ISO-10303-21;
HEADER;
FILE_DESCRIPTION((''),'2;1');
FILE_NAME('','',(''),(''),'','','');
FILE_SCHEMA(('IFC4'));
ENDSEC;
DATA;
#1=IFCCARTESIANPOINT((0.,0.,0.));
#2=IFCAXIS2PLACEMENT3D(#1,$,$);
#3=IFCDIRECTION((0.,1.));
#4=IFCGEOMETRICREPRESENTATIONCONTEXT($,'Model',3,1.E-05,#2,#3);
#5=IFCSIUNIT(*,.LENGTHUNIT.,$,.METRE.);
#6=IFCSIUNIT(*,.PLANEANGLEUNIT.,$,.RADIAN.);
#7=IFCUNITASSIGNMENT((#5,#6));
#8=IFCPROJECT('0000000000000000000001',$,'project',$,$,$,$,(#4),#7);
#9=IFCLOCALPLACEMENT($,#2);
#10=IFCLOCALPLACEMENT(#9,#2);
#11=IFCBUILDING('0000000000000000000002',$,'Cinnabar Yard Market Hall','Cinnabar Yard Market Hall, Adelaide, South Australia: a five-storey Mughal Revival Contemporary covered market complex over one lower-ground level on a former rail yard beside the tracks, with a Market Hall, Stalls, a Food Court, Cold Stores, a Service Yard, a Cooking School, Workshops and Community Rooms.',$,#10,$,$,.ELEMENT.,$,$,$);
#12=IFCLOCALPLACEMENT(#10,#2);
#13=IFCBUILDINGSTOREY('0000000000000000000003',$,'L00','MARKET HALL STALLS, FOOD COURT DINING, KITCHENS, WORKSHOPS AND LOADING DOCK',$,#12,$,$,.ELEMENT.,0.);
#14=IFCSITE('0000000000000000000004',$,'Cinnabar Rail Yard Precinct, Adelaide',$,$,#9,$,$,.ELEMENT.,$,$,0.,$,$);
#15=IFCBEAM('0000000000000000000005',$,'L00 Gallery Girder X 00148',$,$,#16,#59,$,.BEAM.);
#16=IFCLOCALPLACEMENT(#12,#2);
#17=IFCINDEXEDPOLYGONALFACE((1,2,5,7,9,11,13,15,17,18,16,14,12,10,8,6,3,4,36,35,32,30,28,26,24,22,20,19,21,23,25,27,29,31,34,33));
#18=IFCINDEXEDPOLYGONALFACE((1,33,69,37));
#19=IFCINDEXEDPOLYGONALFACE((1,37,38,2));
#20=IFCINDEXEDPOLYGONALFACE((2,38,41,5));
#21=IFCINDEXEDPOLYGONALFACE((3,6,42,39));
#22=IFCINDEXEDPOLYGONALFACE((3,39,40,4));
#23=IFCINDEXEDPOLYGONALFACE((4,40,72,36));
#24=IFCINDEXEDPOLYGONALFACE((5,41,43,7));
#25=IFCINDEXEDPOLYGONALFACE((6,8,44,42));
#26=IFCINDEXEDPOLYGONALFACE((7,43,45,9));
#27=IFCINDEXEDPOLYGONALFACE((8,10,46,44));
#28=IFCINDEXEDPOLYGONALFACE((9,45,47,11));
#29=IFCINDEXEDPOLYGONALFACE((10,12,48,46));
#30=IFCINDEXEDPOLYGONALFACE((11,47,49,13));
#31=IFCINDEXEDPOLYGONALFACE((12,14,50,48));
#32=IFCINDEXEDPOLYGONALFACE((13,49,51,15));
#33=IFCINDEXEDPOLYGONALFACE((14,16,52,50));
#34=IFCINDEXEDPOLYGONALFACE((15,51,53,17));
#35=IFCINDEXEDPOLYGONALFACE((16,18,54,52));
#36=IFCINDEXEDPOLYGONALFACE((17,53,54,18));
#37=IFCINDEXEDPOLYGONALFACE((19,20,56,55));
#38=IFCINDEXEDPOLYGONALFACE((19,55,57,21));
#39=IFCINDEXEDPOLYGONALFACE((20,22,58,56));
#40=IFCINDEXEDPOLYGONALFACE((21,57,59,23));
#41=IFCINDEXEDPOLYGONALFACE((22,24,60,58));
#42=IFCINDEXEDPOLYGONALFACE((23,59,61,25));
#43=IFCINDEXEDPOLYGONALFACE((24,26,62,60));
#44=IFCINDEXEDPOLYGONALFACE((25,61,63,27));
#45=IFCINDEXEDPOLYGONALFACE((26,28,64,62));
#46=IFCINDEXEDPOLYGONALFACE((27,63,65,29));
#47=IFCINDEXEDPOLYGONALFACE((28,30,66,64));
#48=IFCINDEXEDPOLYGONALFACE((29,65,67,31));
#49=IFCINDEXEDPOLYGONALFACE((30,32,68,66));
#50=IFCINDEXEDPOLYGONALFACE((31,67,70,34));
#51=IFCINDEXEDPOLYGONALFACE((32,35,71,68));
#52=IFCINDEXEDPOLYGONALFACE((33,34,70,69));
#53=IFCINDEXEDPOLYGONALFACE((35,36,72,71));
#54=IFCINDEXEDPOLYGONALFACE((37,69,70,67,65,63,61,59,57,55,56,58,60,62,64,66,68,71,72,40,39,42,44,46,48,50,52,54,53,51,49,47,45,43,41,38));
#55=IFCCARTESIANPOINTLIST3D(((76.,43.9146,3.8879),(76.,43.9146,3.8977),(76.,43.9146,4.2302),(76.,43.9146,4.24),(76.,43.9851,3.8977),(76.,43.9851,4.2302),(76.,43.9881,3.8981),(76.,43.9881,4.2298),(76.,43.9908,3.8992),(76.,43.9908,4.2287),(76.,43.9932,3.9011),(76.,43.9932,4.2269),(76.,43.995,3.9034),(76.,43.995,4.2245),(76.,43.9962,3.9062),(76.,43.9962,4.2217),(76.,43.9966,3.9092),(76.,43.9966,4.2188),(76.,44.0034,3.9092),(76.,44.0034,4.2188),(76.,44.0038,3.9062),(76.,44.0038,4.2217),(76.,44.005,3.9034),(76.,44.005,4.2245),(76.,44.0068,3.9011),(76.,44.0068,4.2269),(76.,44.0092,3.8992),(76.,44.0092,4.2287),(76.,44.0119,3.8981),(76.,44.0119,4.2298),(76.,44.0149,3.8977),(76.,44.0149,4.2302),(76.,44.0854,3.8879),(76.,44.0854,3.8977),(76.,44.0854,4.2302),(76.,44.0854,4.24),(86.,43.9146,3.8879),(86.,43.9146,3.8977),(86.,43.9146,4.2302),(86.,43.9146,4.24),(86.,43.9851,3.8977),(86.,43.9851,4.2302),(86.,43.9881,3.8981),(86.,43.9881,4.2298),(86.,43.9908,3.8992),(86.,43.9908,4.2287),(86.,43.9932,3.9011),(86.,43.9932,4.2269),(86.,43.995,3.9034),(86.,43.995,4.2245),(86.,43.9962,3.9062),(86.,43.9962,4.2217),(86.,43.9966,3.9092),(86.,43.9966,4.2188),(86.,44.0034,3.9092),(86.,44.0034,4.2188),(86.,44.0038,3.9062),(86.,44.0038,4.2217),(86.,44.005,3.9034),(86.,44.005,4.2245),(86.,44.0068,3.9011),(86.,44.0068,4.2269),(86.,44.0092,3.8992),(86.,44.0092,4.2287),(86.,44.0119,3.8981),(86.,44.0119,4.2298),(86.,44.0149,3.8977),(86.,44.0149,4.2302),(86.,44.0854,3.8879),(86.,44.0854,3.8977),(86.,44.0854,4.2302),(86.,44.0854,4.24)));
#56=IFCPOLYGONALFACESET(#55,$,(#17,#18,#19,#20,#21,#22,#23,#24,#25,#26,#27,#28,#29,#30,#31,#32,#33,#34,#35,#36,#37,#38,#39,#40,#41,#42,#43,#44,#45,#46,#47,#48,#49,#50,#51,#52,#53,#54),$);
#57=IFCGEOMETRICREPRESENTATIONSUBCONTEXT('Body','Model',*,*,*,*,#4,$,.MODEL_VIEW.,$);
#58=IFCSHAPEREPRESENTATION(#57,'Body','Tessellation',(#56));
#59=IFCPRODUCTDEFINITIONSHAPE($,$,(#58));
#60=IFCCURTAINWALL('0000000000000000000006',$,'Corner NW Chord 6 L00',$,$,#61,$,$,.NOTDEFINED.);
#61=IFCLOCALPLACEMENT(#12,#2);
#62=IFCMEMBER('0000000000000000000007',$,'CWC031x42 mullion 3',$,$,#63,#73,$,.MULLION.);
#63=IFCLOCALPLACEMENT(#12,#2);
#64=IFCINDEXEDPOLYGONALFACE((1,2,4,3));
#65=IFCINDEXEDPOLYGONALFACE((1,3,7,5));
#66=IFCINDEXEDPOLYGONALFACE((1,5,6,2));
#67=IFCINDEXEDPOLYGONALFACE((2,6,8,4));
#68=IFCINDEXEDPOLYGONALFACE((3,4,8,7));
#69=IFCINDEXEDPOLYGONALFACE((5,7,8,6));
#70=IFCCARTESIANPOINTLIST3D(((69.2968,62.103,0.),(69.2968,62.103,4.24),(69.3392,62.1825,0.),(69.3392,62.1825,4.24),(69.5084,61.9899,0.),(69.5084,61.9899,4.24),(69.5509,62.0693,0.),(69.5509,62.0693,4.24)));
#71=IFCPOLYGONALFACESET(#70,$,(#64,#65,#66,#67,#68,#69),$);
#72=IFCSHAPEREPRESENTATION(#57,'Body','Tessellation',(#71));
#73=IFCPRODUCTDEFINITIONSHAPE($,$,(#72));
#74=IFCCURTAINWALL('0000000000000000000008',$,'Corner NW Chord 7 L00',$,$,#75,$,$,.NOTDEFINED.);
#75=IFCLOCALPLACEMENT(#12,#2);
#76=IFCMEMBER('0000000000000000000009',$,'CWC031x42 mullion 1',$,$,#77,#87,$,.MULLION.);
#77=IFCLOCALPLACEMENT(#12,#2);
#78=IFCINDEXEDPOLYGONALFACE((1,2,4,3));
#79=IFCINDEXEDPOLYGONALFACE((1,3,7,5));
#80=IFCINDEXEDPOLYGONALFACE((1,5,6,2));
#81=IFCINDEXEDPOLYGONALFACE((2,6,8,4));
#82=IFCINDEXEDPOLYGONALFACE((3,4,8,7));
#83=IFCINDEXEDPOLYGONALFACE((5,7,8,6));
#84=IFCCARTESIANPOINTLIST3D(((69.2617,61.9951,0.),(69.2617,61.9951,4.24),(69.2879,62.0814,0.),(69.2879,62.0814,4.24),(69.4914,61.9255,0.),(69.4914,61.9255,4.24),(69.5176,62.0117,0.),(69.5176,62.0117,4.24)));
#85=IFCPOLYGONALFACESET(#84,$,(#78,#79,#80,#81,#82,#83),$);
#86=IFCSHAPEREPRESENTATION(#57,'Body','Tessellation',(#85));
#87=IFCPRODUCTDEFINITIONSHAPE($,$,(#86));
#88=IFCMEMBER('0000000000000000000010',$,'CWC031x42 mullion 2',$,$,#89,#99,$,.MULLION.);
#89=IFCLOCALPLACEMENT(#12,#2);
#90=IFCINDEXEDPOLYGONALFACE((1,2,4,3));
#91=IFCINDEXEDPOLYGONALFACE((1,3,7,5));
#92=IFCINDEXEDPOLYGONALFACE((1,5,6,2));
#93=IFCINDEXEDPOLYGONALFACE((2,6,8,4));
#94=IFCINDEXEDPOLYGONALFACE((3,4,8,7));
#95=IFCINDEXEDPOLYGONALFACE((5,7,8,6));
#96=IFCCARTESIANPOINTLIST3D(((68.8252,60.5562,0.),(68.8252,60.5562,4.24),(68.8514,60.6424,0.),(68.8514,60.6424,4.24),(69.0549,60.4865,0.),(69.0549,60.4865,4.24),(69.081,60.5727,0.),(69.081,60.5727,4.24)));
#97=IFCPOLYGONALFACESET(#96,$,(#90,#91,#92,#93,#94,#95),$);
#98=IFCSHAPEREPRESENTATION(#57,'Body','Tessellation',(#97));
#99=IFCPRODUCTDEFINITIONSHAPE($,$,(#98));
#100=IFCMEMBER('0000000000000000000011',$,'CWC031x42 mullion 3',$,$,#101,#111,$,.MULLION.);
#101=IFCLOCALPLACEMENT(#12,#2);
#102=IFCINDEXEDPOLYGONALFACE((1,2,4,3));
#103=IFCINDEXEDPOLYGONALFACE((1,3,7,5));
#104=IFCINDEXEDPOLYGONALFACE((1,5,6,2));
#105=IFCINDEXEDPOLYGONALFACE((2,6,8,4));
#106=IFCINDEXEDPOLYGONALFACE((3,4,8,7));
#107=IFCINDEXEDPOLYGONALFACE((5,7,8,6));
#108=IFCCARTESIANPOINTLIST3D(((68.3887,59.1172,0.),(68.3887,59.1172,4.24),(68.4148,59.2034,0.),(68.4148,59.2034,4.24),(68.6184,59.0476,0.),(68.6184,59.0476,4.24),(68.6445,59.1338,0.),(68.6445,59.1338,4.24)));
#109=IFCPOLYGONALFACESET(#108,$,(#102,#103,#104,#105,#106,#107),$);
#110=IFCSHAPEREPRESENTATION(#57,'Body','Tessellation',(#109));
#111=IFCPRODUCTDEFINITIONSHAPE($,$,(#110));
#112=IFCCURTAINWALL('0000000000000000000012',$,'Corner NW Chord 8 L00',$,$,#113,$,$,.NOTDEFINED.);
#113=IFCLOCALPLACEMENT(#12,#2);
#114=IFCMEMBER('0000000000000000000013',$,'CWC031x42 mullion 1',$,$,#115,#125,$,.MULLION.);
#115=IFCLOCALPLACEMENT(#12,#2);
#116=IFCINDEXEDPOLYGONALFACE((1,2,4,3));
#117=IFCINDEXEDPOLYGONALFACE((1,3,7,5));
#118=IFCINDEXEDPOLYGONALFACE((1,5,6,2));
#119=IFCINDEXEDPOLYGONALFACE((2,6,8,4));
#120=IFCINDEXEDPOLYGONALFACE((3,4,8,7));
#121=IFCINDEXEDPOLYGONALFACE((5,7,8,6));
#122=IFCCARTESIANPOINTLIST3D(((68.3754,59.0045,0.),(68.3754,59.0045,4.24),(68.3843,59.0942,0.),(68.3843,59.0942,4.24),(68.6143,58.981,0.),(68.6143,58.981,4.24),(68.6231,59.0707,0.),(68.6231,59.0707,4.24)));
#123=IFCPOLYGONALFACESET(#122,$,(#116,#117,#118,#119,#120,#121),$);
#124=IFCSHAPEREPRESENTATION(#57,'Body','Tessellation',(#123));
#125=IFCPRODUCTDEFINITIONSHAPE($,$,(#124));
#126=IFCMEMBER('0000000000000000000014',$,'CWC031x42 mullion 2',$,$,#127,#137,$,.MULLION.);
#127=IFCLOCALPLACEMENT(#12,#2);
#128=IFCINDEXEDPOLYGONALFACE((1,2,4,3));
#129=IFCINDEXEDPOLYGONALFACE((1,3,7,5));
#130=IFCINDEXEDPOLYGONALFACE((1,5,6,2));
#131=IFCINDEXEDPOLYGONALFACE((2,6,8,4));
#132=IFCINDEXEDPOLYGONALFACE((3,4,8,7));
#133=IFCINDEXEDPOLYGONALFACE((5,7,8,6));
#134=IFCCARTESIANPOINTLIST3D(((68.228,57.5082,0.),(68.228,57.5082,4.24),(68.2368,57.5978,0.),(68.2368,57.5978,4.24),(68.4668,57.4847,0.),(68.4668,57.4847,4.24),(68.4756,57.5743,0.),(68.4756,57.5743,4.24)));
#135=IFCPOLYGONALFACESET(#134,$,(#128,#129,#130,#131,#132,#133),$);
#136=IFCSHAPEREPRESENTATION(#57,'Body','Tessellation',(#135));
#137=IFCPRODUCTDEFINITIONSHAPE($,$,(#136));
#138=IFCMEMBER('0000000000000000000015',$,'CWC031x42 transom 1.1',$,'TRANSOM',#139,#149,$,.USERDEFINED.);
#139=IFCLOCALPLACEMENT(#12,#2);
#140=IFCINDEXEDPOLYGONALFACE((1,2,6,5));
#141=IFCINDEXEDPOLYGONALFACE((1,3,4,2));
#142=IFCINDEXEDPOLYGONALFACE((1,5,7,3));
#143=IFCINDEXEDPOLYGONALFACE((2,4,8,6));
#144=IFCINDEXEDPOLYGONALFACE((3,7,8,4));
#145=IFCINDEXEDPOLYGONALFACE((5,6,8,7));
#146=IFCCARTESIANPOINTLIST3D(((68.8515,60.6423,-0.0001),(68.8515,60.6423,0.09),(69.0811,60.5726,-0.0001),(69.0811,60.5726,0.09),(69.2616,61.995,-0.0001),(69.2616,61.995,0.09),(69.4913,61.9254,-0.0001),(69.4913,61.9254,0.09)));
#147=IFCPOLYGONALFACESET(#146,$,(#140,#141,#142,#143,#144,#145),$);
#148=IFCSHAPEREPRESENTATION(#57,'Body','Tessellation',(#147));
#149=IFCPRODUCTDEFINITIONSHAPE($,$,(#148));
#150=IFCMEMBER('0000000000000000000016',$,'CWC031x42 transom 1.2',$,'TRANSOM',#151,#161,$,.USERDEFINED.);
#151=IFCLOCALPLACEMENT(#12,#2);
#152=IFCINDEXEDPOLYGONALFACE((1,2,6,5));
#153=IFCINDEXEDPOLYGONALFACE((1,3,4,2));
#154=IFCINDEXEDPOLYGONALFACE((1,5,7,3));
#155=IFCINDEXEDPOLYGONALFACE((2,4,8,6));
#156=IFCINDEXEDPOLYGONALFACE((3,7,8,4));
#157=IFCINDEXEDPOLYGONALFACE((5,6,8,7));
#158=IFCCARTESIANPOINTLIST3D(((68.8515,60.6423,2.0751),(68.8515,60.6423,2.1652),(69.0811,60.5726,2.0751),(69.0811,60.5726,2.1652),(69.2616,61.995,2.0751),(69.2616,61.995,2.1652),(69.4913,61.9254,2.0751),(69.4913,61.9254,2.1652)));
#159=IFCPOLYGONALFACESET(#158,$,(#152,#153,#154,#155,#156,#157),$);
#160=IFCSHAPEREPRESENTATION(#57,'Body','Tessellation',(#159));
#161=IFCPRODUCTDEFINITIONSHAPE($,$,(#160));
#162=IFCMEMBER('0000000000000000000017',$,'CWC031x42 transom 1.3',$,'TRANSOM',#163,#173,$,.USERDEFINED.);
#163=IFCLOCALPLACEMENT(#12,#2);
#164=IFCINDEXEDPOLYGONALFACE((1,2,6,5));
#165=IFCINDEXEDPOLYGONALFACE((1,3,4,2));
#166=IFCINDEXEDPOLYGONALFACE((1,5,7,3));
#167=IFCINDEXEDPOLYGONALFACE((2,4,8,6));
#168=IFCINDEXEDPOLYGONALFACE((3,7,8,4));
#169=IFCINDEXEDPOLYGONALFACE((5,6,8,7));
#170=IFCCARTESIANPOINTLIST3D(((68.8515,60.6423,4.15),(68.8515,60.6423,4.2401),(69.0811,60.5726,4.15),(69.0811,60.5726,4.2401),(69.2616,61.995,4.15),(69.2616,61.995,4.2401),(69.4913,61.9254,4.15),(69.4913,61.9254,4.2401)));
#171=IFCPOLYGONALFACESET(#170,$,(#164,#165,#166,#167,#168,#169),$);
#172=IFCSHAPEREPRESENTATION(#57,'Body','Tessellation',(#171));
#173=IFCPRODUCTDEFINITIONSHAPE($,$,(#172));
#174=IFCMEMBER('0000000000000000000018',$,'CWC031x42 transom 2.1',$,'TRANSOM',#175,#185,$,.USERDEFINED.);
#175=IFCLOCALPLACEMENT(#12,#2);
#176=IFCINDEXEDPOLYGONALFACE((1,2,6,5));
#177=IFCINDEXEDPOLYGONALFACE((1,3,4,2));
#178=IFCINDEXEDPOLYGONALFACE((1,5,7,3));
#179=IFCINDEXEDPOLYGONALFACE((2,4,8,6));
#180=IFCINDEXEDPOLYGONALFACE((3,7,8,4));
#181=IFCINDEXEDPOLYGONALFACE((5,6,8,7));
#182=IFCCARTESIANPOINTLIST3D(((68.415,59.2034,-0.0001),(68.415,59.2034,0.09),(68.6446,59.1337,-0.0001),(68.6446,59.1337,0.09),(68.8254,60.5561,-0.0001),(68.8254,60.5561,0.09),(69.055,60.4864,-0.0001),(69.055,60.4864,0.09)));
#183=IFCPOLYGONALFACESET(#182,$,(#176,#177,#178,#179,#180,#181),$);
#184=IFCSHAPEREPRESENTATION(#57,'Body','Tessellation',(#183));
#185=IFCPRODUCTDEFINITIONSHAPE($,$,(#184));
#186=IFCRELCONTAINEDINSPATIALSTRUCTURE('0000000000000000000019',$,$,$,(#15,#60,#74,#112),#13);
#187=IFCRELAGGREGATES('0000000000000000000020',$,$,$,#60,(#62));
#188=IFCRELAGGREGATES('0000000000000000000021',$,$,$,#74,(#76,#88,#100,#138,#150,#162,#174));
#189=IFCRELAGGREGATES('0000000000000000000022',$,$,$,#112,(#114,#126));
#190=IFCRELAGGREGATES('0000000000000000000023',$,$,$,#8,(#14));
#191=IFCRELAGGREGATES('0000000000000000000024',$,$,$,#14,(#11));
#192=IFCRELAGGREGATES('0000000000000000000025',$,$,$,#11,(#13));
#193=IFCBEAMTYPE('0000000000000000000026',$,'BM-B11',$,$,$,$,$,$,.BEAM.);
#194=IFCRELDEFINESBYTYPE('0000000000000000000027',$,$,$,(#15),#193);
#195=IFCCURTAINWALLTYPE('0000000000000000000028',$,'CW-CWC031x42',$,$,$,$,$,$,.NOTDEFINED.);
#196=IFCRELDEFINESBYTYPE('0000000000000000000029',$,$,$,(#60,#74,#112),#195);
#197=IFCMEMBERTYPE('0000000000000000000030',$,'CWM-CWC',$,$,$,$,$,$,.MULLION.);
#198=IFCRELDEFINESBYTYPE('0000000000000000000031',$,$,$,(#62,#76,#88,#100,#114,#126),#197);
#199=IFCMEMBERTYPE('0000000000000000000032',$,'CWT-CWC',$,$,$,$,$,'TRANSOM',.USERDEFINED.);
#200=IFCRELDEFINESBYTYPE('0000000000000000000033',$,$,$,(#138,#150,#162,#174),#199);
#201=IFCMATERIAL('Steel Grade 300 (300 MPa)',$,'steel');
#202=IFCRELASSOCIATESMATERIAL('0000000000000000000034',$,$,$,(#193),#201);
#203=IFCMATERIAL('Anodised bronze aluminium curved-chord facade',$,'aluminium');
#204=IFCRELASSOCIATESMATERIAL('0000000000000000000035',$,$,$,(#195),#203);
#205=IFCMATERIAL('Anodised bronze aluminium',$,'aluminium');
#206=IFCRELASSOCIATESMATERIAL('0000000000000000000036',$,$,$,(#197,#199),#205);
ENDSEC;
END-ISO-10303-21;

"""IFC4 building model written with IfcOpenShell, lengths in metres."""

from ifc_helpers import new_model, si_unit, direction, frame, origin, origin_2d_with_axis, place, context, subcontext, project, spatial, rectangle, i_section, extrude, material, material_profile, profile_set, type_object, element, aggregate, save


model = new_model("IFC4")

# Units and contexts
model_context = context("Model", 3, precision=1e-05, world=origin(), true_north=direction((0.0, 1.0)))
body_context = subcontext(model_context, "Body", "Model", "MODEL_VIEW")
ifc_project = project(units=[si_unit("LENGTHUNIT", "METRE"), si_unit("PLANEANGLEUNIT", "RADIAN")], contexts=[model_context])

# Site, building, storey
site_placement = place(None, origin())
site = spatial("IfcSite", under=ifc_project, at=site_placement, Name="Cinnabar Rail Yard Precinct, Adelaide", CompositionType="ELEMENT", RefElevation=0.0)
building_placement = place(site_placement, origin())
building = spatial("IfcBuilding", under=site, at=building_placement, Name="Cinnabar Yard Market Hall", Description="Cinnabar Yard Market Hall, Adelaide, South Australia: a five-storey Mughal Revival Contemporary covered market complex over one lower-ground level on a former rail yard beside the tracks, with a Market Hall, Stalls, a Food Court, Cold Stores, a Service Yard, a Cooking School, Workshops and Community Rooms.", CompositionType="ELEMENT")
storey_placement = place(building_placement, origin())
storey = spatial("IfcBuildingStorey", under=building, at=storey_placement, Name="L00", Description="MARKET HALL STALLS, FOOD COURT DINING, KITCHENS, WORKSHOPS AND LOADING DOCK", CompositionType="ELEMENT", Elevation=0.0)

# Beam
ifc_material_1 = material(Name="Steel Grade 300 (300 MPa)", Category="steel")
ifc_material_profile_1 = material_profile(ifc_material_1, i_section(OverallWidth=0.1709, OverallDepth=0.3521, WebThickness=0.0068, FlangeThickness=0.0098, FilletRadius=0.0115, at=origin_2d_with_axis()), Name="360UB44.7")
ifc_profile_set_1 = profile_set([ifc_material_profile_1], Name="Steel Grade 300 (300 MPa)")
beam_type_1 = type_object("IfcBeamType", Name="BM-B11", PredefinedType="BEAM", material=ifc_profile_set_1)
beam_1_placement = place(storey_placement, frame((76.0, 44.0, 4.064), z_axis=(1.0, 0.0, 0.0), x_axis=(0.0, 1.0, 0.0)))
element("IfcBeam", 1, at=beam_1_placement, inside=storey, type_object=beam_type_1, Name="L00 Gallery Girder X 00148", PredefinedType="BEAM", context=body_context, shape_type="SweptSolid", body=[
    extrude(i_section(OverallWidth=0.1709, OverallDepth=0.3521, WebThickness=0.0068, FlangeThickness=0.0098, FilletRadius=0.0115, at=origin_2d_with_axis()), origin(), (0.0, 0.0, 1.0), 10.0),
])

# Curtain wall, member
ifc_material_2 = material(Name="Anodised bronze aluminium curved-chord facade", Category="aluminium")
curtain_wall_type = type_object("IfcCurtainWallType", Name="CW-CWC031x42", PredefinedType="NOTDEFINED", material=ifc_material_2)
curtain_wall_1_placement = place(storey_placement, origin())
curtain_wall_1 = element("IfcCurtainWall", 2, at=curtain_wall_1_placement, inside=storey, type_object=curtain_wall_type, Name="Corner NW Chord 6 L00", PredefinedType="NOTDEFINED")
ifc_material_3 = material(Name="Anodised bronze aluminium", Category="aluminium")
ifc_material_profile_2 = material_profile(ifc_material_3, rectangle(XDim=0.24, YDim=0.0901, at=origin_2d_with_axis()), Name="MUL-CWC")
ifc_profile_set_2 = profile_set([ifc_material_profile_2], Name="Anodised bronze aluminium")
member_type_1 = type_object("IfcMemberType", Name="CWM-CWC", PredefinedType="MULLION", material=ifc_profile_set_2)
member_1_placement = place(storey_placement, frame((69.4238, 62.0862, 0.0), z_axis=(0.0, 0.0, 1.0), x_axis=(0.881917, -0.471404, 0.0)))
member_1 = element("IfcMember", 3, at=member_1_placement, type_object=member_type_1, Name="CWC031x42 mullion 3", PredefinedType="MULLION", context=body_context, shape_type="SweptSolid", body=[
    extrude(rectangle(XDim=0.24, YDim=0.0901, at=origin_2d_with_axis()), origin(), (0.0, 0.0, 1.0), 4.24),
])

# Curtain walls, members
curtain_wall_2_placement = place(storey_placement, origin())
curtain_wall_2 = element("IfcCurtainWall", 4, at=curtain_wall_2_placement, inside=storey, type_object=curtain_wall_type, Name="Corner NW Chord 7 L00", PredefinedType="NOTDEFINED")
member_2_placement = place(storey_placement, frame((69.3896, 62.0034, 0.0), z_axis=(0.0, 0.0, 1.0), x_axis=(0.956942, -0.290279, 0.0)))
member_2 = element("IfcMember", 5, at=member_2_placement, type_object=member_type_1, Name="CWC031x42 mullion 1", PredefinedType="MULLION", context=body_context, shape_type="SweptSolid", body=[
    extrude(rectangle(XDim=0.24, YDim=0.0901, at=origin_2d_with_axis()), origin(), (0.0, 0.0, 1.0), 4.24),
])
member_3_placement = place(storey_placement, frame((68.9531, 60.5645, 0.0), z_axis=(0.0, 0.0, 1.0), x_axis=(0.956942, -0.290279, 0.0)))
member_3 = element("IfcMember", 6, at=member_3_placement, type_object=member_type_1, Name="CWC031x42 mullion 2", PredefinedType="MULLION", context=body_context, shape_type="SweptSolid", body=[
    extrude(rectangle(XDim=0.24, YDim=0.0901, at=origin_2d_with_axis()), origin(), (0.0, 0.0, 1.0), 4.24),
])
member_4_placement = place(storey_placement, frame((68.5166, 59.1255, 0.0), z_axis=(0.0, 0.0, 1.0), x_axis=(0.956942, -0.290279, 0.0)))
member_4 = element("IfcMember", 7, at=member_4_placement, type_object=member_type_1, Name="CWC031x42 mullion 3", PredefinedType="MULLION", context=body_context, shape_type="SweptSolid", body=[
    extrude(rectangle(XDim=0.24, YDim=0.0901, at=origin_2d_with_axis()), origin(), (0.0, 0.0, 1.0), 4.24),
])
curtain_wall_3_placement = place(storey_placement, origin())
curtain_wall_3 = element("IfcCurtainWall", 8, at=curtain_wall_3_placement, inside=storey, type_object=curtain_wall_type, Name="Corner NW Chord 8 L00", PredefinedType="NOTDEFINED")
member_5_placement = place(storey_placement, frame((68.4993, 59.0376, 0.0), z_axis=(0.0, 0.0, 1.0), x_axis=(0.995184, -0.09802, 0.0)))
member_5 = element("IfcMember", 9, at=member_5_placement, type_object=member_type_1, Name="CWC031x42 mullion 1", PredefinedType="MULLION", context=body_context, shape_type="SweptSolid", body=[
    extrude(rectangle(XDim=0.24, YDim=0.0901, at=origin_2d_with_axis()), origin(), (0.0, 0.0, 1.0), 4.24),
])
member_6_placement = place(storey_placement, frame((68.3518, 57.5413, 0.0), z_axis=(0.0, 0.0, 1.0), x_axis=(0.995184, -0.09802, 0.0)))
member_6 = element("IfcMember", 10, at=member_6_placement, type_object=member_type_1, Name="CWC031x42 mullion 2", PredefinedType="MULLION", context=body_context, shape_type="SweptSolid", body=[
    extrude(rectangle(XDim=0.24, YDim=0.0901, at=origin_2d_with_axis()), origin(), (0.0, 0.0, 1.0), 4.24),
])

# Members
ifc_material_profile_3 = material_profile(ifc_material_3, rectangle(XDim=0.24, YDim=0.0901, at=origin_2d_with_axis()), Name="TRN-CWC")
ifc_profile_set_3 = profile_set([ifc_material_profile_3], Name="Anodised bronze aluminium")
member_type_2 = type_object("IfcMemberType", Name="CWT-CWC", ElementType="TRANSOM", PredefinedType="USERDEFINED", material=ifc_profile_set_3)
member_7_placement = place(storey_placement, frame((69.3765, 61.9602, 0.0449), z_axis=(-0.290151, -0.956981, 0.0), x_axis=(0.956981, -0.290151, 0.0)))
member_7 = element("IfcMember", 11, at=member_7_placement, type_object=member_type_2, Name="CWC031x42 transom 1.1", ObjectType="TRANSOM", PredefinedType="USERDEFINED", context=body_context, shape_type="SweptSolid", body=[
    extrude(rectangle(XDim=0.24, YDim=0.0901, at=origin_2d_with_axis()), origin(), (0.0, 0.0, 1.0), 1.4136),
])
member_8_placement = place(storey_placement, frame((69.3765, 61.9602, 2.1201), z_axis=(-0.290151, -0.956981, 0.0), x_axis=(0.956981, -0.290151, 0.0)))
member_8 = element("IfcMember", 12, at=member_8_placement, type_object=member_type_2, Name="CWC031x42 transom 1.2", ObjectType="TRANSOM", PredefinedType="USERDEFINED", context=body_context, shape_type="SweptSolid", body=[
    extrude(rectangle(XDim=0.24, YDim=0.0901, at=origin_2d_with_axis()), origin(), (0.0, 0.0, 1.0), 1.4136),
])
member_9_placement = place(storey_placement, frame((69.3765, 61.9602, 4.1951), z_axis=(-0.290151, -0.956981, 0.0), x_axis=(0.956981, -0.290151, 0.0)))
member_9 = element("IfcMember", 13, at=member_9_placement, type_object=member_type_2, Name="CWC031x42 transom 1.3", ObjectType="TRANSOM", PredefinedType="USERDEFINED", context=body_context, shape_type="SweptSolid", body=[
    extrude(rectangle(XDim=0.24, YDim=0.0901, at=origin_2d_with_axis()), origin(), (0.0, 0.0, 1.0), 1.4136),
])
member_10_placement = place(storey_placement, frame((68.9402, 60.5212, 0.0449), z_axis=(-0.290309, -0.956933, 0.0), x_axis=(0.956933, -0.290309, 0.0)))
member_10 = element("IfcMember", 14, at=member_10_placement, type_object=member_type_2, Name="CWC031x42 transom 2.1", ObjectType="TRANSOM", PredefinedType="USERDEFINED", context=body_context, shape_type="SweptSolid", body=[
    extrude(rectangle(XDim=0.24, YDim=0.0901, at=origin_2d_with_axis()), origin(), (0.0, 0.0, 1.0), 1.4136),
])

aggregate(curtain_wall_1, [member_1])
aggregate(curtain_wall_2, [member_2, member_3, member_4, member_7, member_8, member_9, member_10])
aggregate(curtain_wall_3, [member_5, member_6])

save(model, "model.ifc")
